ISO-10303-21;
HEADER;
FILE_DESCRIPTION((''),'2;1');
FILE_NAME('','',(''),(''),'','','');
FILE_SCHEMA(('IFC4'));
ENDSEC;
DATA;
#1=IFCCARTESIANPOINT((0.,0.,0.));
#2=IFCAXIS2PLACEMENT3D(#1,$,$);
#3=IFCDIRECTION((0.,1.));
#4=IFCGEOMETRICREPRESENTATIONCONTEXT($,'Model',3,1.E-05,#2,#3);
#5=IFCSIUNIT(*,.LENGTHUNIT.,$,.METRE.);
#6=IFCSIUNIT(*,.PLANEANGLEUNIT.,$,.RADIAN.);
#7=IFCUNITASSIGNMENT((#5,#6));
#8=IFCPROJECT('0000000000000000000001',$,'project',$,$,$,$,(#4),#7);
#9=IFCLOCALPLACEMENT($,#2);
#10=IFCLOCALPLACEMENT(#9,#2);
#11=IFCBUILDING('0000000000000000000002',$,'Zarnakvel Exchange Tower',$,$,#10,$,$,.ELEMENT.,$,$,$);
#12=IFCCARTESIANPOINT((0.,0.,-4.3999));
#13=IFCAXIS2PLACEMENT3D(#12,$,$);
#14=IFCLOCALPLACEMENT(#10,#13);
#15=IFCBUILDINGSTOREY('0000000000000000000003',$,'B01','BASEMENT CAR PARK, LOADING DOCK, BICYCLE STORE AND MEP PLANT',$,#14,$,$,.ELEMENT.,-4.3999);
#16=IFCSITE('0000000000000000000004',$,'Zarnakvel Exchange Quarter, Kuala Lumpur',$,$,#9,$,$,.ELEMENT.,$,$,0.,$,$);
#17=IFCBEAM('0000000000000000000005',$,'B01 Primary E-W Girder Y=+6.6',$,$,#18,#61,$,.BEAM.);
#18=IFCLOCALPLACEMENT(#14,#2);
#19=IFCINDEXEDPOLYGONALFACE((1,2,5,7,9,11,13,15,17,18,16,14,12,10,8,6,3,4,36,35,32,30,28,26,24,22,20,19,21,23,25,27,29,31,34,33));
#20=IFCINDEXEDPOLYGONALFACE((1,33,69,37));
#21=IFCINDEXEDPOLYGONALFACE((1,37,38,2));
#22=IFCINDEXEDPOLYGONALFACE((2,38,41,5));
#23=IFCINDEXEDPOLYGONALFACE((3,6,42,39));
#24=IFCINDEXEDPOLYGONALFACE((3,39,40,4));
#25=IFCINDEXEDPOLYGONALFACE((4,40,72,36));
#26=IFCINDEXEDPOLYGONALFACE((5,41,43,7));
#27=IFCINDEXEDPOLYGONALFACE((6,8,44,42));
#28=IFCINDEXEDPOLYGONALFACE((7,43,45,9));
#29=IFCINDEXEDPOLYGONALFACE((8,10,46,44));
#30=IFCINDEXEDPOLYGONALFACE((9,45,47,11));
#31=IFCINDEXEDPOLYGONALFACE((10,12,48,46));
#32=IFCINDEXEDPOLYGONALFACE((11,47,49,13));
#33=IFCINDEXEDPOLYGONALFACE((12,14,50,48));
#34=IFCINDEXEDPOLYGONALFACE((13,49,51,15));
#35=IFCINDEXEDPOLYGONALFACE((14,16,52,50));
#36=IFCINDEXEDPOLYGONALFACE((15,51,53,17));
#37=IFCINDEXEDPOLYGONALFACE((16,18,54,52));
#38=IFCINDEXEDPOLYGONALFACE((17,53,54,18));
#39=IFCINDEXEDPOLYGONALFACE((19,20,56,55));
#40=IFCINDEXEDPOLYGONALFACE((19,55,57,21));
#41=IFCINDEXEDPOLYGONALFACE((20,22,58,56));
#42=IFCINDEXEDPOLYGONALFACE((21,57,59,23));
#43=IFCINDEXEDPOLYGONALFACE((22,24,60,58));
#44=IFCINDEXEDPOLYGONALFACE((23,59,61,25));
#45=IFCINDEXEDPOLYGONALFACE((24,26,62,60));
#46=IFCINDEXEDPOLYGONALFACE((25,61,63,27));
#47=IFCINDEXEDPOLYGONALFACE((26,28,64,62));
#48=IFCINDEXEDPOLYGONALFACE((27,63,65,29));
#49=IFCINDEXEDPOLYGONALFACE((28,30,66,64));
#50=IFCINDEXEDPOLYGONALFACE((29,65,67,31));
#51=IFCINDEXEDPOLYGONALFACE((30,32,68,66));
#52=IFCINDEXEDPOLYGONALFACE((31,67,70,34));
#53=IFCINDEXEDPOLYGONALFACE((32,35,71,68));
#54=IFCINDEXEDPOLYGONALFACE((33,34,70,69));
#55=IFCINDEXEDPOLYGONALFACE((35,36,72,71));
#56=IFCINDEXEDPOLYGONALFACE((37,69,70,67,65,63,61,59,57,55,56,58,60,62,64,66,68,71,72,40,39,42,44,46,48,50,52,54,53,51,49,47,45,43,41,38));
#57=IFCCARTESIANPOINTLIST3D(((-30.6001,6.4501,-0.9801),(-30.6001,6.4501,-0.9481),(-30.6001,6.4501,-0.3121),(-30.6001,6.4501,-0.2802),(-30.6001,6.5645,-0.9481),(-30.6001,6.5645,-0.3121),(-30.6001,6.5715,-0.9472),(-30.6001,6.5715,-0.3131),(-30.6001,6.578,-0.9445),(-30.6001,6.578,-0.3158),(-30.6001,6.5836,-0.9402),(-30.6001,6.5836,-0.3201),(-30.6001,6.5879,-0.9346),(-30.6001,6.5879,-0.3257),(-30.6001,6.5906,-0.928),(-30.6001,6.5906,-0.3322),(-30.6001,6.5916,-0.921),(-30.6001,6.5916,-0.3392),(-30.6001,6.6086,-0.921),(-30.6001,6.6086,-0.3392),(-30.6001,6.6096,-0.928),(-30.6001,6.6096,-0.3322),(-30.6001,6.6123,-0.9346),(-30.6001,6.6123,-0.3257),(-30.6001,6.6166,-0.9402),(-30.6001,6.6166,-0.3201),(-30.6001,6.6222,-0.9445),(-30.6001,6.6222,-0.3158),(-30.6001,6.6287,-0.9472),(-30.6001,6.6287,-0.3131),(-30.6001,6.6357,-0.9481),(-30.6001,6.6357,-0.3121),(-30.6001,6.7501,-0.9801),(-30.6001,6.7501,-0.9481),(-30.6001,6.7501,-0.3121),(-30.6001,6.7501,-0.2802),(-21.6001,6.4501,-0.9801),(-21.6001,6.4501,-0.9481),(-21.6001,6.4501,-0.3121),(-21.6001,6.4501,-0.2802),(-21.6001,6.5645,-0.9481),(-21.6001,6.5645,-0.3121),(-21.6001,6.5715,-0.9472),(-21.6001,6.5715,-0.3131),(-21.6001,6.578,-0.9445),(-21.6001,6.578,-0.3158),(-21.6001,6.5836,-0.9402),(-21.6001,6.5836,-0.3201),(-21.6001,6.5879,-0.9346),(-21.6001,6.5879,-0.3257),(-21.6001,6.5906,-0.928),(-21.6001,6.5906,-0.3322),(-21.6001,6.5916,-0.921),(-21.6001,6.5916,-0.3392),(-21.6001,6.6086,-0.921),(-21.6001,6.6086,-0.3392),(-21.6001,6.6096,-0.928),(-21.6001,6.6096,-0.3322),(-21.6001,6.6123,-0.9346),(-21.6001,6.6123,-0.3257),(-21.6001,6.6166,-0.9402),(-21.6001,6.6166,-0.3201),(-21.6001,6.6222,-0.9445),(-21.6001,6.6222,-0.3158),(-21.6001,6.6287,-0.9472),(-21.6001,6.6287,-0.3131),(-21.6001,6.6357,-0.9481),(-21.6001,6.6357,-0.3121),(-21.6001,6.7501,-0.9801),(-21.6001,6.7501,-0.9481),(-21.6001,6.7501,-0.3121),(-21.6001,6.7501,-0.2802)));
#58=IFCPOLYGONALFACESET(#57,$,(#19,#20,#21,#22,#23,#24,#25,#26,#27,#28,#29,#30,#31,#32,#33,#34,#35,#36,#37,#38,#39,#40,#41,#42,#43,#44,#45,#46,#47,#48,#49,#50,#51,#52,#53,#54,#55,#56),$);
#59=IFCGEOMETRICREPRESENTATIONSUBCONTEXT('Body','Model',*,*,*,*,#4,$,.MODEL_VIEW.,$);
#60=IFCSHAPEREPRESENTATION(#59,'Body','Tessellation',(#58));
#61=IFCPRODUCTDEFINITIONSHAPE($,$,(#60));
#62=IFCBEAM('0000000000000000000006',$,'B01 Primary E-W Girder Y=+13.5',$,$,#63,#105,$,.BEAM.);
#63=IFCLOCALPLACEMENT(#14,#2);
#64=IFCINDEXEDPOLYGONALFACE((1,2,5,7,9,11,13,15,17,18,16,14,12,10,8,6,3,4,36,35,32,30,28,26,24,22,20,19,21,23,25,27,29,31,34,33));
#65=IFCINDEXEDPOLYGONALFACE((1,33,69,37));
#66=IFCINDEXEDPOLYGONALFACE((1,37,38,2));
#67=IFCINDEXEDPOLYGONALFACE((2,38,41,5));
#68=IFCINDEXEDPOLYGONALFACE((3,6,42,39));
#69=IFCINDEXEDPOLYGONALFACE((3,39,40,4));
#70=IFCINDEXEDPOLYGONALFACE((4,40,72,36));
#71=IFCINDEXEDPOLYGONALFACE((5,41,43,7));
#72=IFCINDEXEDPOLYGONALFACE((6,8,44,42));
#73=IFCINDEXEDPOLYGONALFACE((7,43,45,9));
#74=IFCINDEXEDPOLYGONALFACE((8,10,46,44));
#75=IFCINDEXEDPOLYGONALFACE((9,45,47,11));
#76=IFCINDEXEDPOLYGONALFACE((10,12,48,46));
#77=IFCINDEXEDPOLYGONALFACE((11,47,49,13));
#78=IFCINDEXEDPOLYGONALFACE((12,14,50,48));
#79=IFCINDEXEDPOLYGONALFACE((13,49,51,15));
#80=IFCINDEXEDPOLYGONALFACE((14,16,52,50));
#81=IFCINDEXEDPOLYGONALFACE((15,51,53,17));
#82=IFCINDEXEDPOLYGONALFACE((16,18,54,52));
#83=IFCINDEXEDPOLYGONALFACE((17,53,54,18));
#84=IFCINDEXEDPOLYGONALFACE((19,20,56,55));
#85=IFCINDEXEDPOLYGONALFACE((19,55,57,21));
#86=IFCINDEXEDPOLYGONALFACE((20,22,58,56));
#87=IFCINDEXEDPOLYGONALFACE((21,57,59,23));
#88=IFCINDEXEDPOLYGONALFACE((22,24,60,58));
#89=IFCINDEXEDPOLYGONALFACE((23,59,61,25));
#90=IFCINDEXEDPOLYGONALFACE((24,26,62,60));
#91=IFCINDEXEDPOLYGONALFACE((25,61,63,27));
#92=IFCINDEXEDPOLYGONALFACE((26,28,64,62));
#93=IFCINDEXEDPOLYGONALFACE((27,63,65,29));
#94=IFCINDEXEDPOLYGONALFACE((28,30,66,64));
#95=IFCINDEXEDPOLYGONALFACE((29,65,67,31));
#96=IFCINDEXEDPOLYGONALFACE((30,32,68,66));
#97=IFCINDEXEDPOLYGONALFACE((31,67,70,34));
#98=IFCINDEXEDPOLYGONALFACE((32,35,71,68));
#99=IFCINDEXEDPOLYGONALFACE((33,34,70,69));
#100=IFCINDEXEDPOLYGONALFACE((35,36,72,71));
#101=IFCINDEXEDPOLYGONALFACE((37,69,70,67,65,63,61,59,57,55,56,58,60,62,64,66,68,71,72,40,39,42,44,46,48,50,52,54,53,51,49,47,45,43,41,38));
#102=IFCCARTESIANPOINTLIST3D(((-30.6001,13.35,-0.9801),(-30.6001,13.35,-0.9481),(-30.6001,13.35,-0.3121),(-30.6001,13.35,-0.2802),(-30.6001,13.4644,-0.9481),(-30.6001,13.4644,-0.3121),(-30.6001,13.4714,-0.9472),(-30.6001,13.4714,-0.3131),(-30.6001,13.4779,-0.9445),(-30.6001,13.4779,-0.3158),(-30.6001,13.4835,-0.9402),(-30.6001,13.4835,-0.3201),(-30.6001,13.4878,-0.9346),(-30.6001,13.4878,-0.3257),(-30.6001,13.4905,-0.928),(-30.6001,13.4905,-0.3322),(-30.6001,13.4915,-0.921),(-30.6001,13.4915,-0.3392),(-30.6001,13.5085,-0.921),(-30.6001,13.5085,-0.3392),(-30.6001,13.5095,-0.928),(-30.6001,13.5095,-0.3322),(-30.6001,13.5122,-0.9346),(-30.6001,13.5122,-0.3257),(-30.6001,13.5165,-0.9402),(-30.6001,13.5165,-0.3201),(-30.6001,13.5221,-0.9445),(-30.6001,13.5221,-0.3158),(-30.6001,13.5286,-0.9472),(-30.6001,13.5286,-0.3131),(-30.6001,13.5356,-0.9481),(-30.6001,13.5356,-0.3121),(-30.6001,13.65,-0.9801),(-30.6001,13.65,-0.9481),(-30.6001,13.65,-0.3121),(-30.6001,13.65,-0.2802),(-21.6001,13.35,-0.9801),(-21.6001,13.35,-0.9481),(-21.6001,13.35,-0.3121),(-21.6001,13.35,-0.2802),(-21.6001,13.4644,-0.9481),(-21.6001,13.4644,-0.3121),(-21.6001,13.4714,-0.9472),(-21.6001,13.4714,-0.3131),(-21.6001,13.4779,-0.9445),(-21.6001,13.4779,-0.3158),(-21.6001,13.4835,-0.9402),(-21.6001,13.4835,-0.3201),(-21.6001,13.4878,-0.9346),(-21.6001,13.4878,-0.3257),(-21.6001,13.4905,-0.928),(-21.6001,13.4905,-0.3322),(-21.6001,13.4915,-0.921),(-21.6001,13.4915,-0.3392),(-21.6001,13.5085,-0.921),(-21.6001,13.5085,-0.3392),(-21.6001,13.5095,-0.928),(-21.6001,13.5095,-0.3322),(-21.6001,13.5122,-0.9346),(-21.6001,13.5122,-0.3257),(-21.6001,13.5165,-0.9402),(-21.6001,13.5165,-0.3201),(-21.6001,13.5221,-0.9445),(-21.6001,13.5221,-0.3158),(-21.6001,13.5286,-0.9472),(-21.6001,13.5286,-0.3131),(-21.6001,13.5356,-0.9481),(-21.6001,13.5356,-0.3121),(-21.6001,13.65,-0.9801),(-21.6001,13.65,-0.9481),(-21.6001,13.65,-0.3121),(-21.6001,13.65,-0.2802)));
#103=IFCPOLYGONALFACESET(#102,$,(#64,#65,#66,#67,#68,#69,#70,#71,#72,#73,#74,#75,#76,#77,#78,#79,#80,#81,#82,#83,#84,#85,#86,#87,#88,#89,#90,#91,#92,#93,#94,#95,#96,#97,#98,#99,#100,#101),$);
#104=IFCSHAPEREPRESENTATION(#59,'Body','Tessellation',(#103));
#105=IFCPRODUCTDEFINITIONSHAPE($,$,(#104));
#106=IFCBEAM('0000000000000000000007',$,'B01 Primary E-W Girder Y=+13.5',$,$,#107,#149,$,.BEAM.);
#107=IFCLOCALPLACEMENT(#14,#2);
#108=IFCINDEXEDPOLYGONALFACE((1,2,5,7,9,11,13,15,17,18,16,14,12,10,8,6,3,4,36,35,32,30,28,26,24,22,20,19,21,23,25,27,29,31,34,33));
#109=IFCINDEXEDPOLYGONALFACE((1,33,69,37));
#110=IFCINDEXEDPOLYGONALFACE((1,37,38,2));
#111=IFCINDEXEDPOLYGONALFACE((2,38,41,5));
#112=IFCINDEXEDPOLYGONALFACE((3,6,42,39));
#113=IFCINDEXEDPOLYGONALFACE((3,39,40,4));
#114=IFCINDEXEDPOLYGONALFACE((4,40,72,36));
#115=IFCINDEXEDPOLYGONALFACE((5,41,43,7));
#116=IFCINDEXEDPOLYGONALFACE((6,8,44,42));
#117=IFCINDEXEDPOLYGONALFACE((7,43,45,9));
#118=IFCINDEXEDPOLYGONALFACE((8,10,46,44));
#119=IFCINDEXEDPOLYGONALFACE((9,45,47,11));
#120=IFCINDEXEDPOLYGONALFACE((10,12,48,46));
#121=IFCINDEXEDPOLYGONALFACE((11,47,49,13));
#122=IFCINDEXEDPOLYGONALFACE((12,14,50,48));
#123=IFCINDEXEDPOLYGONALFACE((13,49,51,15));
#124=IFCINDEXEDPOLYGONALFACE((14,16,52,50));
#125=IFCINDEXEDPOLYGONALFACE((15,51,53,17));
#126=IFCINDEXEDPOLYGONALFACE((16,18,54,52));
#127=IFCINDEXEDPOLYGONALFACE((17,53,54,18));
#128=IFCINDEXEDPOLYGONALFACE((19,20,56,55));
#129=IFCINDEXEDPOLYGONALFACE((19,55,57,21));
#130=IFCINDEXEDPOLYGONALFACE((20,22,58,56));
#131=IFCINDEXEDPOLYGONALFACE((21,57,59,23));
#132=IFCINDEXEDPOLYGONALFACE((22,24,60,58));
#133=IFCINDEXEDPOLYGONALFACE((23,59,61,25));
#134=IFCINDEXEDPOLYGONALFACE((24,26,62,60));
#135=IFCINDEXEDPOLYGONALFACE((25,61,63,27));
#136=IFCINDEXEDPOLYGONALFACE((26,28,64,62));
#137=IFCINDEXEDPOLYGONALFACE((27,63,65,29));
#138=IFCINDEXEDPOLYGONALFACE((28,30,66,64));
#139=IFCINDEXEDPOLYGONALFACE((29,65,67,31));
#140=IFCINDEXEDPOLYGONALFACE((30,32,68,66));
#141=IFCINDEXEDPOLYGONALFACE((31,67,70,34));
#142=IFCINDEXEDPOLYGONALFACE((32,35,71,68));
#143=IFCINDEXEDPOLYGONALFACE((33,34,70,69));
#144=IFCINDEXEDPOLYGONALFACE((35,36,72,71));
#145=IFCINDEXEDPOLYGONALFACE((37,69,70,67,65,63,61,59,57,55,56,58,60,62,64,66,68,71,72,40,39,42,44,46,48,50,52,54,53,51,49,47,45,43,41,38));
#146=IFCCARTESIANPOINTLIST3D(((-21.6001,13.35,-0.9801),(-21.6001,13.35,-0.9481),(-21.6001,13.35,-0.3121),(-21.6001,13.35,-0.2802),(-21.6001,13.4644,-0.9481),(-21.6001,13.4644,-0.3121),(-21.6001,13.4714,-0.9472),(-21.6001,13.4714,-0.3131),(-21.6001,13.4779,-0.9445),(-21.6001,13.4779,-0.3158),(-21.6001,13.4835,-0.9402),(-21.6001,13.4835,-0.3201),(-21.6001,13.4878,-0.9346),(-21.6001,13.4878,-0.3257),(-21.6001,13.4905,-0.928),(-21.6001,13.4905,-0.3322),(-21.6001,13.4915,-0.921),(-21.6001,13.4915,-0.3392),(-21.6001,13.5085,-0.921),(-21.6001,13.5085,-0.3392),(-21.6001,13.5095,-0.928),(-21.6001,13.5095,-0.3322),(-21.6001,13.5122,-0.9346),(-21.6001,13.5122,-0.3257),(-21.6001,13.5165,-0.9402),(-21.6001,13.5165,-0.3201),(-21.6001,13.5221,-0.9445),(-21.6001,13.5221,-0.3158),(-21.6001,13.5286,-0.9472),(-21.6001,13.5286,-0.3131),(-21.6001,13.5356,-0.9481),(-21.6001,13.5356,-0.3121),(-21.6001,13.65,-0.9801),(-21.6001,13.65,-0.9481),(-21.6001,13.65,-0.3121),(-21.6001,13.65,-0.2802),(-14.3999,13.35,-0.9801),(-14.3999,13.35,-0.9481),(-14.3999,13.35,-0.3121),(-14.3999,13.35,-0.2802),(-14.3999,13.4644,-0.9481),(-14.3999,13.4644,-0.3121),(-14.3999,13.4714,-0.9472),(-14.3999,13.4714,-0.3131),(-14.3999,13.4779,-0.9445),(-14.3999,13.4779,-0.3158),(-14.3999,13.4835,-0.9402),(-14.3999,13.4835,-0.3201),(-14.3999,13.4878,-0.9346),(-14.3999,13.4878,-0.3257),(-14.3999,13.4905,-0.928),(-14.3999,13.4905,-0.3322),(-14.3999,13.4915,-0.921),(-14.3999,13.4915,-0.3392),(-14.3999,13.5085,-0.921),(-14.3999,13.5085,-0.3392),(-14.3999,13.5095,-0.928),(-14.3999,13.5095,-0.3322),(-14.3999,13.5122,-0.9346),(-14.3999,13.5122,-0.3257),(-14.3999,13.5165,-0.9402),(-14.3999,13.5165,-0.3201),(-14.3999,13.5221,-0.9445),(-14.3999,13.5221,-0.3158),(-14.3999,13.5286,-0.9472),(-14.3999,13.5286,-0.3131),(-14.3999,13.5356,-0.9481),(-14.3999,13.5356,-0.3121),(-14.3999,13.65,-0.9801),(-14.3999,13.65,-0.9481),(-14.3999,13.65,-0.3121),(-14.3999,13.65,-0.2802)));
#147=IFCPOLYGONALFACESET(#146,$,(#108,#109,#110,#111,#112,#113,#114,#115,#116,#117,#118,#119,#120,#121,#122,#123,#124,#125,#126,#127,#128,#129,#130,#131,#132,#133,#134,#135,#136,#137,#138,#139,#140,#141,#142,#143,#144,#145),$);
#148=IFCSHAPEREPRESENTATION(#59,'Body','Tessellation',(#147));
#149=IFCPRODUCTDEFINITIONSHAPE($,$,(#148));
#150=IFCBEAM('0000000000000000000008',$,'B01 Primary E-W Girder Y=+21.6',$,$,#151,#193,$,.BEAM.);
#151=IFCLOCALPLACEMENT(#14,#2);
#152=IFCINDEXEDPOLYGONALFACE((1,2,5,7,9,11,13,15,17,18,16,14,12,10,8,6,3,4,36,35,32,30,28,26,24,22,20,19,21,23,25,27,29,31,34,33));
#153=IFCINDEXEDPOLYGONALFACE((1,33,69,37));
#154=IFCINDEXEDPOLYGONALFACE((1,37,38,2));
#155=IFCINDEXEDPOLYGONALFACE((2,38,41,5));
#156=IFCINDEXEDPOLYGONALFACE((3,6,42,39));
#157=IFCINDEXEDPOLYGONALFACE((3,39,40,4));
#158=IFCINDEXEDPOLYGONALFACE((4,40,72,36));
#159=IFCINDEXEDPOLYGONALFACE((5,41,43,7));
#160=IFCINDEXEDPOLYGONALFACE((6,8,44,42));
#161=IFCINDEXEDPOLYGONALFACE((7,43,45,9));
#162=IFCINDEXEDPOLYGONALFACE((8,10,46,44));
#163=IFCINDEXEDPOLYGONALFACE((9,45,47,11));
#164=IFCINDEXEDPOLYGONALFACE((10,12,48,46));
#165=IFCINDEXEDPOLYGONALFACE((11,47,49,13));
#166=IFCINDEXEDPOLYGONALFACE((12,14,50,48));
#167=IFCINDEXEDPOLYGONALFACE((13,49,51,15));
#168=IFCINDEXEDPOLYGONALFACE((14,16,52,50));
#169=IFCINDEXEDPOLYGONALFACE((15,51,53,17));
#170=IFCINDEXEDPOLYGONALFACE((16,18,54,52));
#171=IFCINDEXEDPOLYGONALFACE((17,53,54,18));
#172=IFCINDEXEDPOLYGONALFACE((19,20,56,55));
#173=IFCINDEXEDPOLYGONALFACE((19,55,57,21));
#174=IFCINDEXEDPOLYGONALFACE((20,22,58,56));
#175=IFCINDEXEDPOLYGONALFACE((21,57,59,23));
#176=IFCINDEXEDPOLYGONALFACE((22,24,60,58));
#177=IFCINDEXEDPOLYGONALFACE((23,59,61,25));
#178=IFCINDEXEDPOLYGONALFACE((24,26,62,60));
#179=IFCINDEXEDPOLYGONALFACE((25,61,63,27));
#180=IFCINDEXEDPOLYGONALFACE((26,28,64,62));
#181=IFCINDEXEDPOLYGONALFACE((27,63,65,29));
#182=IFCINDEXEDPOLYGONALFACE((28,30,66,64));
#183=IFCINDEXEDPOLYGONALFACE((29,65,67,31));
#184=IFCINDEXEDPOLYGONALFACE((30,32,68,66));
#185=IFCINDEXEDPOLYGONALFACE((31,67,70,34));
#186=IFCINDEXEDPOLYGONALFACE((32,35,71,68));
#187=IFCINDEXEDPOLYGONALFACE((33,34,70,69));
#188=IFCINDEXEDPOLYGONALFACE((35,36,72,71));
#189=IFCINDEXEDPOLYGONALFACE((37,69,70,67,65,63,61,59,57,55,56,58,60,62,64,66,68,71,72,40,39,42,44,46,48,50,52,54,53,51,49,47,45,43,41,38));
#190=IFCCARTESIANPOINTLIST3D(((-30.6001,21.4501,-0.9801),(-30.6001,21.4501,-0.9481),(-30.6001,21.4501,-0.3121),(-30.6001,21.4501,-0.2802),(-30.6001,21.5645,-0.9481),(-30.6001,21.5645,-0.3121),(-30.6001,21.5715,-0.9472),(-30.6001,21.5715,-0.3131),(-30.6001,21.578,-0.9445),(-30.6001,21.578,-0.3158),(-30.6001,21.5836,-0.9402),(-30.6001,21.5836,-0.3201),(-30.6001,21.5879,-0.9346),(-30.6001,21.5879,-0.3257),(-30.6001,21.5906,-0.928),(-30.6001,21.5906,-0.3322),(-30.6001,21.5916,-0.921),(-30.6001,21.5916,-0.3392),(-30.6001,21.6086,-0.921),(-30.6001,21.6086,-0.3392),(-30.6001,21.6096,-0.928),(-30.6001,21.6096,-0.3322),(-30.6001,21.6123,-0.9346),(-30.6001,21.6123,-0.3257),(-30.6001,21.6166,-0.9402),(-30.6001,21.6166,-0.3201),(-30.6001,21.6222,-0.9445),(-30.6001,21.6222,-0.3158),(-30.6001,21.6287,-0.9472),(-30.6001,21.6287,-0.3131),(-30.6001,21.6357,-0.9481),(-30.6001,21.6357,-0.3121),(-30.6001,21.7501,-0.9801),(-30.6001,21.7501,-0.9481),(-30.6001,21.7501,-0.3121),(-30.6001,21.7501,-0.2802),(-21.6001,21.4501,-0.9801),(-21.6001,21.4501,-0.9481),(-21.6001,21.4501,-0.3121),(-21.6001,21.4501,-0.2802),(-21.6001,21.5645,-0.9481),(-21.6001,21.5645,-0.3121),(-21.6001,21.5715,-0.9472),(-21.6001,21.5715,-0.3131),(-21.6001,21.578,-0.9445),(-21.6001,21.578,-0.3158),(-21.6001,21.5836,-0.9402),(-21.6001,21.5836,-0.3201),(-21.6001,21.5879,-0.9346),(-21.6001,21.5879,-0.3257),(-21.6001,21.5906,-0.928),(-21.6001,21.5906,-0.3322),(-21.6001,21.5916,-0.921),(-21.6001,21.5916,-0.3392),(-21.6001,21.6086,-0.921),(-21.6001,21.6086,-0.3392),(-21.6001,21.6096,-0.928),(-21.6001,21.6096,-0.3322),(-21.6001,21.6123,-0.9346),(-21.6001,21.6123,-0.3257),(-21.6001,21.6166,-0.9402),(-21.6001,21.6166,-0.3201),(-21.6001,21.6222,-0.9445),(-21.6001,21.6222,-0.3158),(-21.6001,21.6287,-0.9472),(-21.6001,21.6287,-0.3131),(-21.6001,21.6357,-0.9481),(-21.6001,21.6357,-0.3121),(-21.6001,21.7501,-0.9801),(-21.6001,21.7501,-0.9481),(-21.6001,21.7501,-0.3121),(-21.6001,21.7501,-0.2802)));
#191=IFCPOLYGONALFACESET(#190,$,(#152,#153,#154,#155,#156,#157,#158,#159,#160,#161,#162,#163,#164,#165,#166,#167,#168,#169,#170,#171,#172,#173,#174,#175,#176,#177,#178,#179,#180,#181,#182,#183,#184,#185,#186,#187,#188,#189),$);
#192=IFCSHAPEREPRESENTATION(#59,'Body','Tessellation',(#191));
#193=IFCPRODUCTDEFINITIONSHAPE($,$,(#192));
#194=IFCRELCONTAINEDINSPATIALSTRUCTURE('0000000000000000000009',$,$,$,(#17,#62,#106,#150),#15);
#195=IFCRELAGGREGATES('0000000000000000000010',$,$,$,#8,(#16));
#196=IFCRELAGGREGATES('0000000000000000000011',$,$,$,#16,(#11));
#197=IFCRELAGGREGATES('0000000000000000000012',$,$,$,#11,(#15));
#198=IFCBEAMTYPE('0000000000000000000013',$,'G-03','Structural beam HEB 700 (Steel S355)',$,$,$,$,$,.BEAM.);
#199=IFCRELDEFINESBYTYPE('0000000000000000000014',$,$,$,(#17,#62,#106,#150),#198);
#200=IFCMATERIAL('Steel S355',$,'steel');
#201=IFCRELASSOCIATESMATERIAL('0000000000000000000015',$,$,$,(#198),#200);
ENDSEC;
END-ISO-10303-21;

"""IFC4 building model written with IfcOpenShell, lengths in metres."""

from ifc_helpers import new_model, si_unit, direction, frame, origin, origin_2d, place, context, subcontext, project, spatial, i_section, extrude, material, material_profile, profile_set, type_object, element, save


model = new_model("IFC4")

# Units and contexts
model_context = context("Model", 3, precision=1e-05, world=origin(), true_north=direction((0.0, 1.0)))
body_context = subcontext(model_context, "Body", "Model", "MODEL_VIEW")
ifc_project = project(units=[si_unit("LENGTHUNIT", "METRE"), si_unit("PLANEANGLEUNIT", "RADIAN")], contexts=[model_context])

# Site, building, storey
site_placement = place(None, origin())
site = spatial("IfcSite", under=ifc_project, at=site_placement, Name="Zarnakvel Exchange Quarter, Kuala Lumpur", CompositionType="ELEMENT", RefElevation=0.0)
building_placement = place(site_placement, origin())
building = spatial("IfcBuilding", under=site, at=building_placement, Name="Zarnakvel Exchange Tower", CompositionType="ELEMENT")
storey_placement = place(building_placement, frame((0.0, 0.0, -4.3999)))
storey = spatial("IfcBuildingStorey", under=building, at=storey_placement, Name="B01", Description="BASEMENT CAR PARK, LOADING DOCK, BICYCLE STORE AND MEP PLANT", CompositionType="ELEMENT", Elevation=-4.3999)

# Beams
ifc_material_1 = material(Name="Steel S355", Category="steel")
ifc_material_profile_1 = material_profile(ifc_material_1, i_section(OverallWidth=0.3, OverallDepth=0.7, WebThickness=0.0171, FlangeThickness=0.032, FilletRadius=0.0271, at=origin_2d()))
ifc_profile_set_1 = profile_set([ifc_material_profile_1], Name="Steel S355")
beam_type_1 = type_object("IfcBeamType", Name="G-03", Description="Structural beam HEB 700 (Steel S355)", PredefinedType="BEAM", material=ifc_profile_set_1)
for number, where, z_axis, x_axis, name in (
    (1, (-30.6001, 6.6001, -0.6301), (1.0, 0.0, 0.0), (0.0, 1.0, 0.0), "B01 Primary E-W Girder Y=+6.6"),
    (2, (-30.6001, 13.5, -0.6301), (1.0, 0.0, 0.0), (0.0, 1.0, 0.0), "B01 Primary E-W Girder Y=+13.5"),
):
    element("IfcBeam", number, at=place(storey_placement, frame(where, z_axis=z_axis, x_axis=x_axis)), inside=storey, type_object=beam_type_1, Name=name, PredefinedType="BEAM", context=body_context, shape_type="SweptSolid", body=[
        extrude(i_section(OverallWidth=0.3, OverallDepth=0.7, WebThickness=0.0171, FlangeThickness=0.032, FilletRadius=0.0271, at=origin_2d()), origin(), (0.0, 0.0, 1.0), 9.0),
    ])
beam_1_placement = place(storey_placement, frame((-21.6001, 13.5, -0.6301), z_axis=(1.0, 0.0, 0.0), x_axis=(0.0, 1.0, 0.0)))
element("IfcBeam", 3, at=beam_1_placement, inside=storey, type_object=beam_type_1, Name="B01 Primary E-W Girder Y=+13.5", PredefinedType="BEAM", context=body_context, shape_type="SweptSolid", body=[
    extrude(i_section(OverallWidth=0.3, OverallDepth=0.7, WebThickness=0.0171, FlangeThickness=0.032, FilletRadius=0.0271, at=origin_2d()), origin(), (0.0, 0.0, 1.0), 7.2002),
])
beam_2_placement = place(storey_placement, frame((-30.6001, 21.6001, -0.6301), z_axis=(1.0, 0.0, 0.0), x_axis=(0.0, 1.0, 0.0)))
element("IfcBeam", 4, at=beam_2_placement, inside=storey, type_object=beam_type_1, Name="B01 Primary E-W Girder Y=+21.6", PredefinedType="BEAM", context=body_context, shape_type="SweptSolid", body=[
    extrude(i_section(OverallWidth=0.3, OverallDepth=0.7, WebThickness=0.0171, FlangeThickness=0.032, FilletRadius=0.0271, at=origin_2d()), origin(), (0.0, 0.0, 1.0), 9.0),
])

save(model, "model.ifc")
